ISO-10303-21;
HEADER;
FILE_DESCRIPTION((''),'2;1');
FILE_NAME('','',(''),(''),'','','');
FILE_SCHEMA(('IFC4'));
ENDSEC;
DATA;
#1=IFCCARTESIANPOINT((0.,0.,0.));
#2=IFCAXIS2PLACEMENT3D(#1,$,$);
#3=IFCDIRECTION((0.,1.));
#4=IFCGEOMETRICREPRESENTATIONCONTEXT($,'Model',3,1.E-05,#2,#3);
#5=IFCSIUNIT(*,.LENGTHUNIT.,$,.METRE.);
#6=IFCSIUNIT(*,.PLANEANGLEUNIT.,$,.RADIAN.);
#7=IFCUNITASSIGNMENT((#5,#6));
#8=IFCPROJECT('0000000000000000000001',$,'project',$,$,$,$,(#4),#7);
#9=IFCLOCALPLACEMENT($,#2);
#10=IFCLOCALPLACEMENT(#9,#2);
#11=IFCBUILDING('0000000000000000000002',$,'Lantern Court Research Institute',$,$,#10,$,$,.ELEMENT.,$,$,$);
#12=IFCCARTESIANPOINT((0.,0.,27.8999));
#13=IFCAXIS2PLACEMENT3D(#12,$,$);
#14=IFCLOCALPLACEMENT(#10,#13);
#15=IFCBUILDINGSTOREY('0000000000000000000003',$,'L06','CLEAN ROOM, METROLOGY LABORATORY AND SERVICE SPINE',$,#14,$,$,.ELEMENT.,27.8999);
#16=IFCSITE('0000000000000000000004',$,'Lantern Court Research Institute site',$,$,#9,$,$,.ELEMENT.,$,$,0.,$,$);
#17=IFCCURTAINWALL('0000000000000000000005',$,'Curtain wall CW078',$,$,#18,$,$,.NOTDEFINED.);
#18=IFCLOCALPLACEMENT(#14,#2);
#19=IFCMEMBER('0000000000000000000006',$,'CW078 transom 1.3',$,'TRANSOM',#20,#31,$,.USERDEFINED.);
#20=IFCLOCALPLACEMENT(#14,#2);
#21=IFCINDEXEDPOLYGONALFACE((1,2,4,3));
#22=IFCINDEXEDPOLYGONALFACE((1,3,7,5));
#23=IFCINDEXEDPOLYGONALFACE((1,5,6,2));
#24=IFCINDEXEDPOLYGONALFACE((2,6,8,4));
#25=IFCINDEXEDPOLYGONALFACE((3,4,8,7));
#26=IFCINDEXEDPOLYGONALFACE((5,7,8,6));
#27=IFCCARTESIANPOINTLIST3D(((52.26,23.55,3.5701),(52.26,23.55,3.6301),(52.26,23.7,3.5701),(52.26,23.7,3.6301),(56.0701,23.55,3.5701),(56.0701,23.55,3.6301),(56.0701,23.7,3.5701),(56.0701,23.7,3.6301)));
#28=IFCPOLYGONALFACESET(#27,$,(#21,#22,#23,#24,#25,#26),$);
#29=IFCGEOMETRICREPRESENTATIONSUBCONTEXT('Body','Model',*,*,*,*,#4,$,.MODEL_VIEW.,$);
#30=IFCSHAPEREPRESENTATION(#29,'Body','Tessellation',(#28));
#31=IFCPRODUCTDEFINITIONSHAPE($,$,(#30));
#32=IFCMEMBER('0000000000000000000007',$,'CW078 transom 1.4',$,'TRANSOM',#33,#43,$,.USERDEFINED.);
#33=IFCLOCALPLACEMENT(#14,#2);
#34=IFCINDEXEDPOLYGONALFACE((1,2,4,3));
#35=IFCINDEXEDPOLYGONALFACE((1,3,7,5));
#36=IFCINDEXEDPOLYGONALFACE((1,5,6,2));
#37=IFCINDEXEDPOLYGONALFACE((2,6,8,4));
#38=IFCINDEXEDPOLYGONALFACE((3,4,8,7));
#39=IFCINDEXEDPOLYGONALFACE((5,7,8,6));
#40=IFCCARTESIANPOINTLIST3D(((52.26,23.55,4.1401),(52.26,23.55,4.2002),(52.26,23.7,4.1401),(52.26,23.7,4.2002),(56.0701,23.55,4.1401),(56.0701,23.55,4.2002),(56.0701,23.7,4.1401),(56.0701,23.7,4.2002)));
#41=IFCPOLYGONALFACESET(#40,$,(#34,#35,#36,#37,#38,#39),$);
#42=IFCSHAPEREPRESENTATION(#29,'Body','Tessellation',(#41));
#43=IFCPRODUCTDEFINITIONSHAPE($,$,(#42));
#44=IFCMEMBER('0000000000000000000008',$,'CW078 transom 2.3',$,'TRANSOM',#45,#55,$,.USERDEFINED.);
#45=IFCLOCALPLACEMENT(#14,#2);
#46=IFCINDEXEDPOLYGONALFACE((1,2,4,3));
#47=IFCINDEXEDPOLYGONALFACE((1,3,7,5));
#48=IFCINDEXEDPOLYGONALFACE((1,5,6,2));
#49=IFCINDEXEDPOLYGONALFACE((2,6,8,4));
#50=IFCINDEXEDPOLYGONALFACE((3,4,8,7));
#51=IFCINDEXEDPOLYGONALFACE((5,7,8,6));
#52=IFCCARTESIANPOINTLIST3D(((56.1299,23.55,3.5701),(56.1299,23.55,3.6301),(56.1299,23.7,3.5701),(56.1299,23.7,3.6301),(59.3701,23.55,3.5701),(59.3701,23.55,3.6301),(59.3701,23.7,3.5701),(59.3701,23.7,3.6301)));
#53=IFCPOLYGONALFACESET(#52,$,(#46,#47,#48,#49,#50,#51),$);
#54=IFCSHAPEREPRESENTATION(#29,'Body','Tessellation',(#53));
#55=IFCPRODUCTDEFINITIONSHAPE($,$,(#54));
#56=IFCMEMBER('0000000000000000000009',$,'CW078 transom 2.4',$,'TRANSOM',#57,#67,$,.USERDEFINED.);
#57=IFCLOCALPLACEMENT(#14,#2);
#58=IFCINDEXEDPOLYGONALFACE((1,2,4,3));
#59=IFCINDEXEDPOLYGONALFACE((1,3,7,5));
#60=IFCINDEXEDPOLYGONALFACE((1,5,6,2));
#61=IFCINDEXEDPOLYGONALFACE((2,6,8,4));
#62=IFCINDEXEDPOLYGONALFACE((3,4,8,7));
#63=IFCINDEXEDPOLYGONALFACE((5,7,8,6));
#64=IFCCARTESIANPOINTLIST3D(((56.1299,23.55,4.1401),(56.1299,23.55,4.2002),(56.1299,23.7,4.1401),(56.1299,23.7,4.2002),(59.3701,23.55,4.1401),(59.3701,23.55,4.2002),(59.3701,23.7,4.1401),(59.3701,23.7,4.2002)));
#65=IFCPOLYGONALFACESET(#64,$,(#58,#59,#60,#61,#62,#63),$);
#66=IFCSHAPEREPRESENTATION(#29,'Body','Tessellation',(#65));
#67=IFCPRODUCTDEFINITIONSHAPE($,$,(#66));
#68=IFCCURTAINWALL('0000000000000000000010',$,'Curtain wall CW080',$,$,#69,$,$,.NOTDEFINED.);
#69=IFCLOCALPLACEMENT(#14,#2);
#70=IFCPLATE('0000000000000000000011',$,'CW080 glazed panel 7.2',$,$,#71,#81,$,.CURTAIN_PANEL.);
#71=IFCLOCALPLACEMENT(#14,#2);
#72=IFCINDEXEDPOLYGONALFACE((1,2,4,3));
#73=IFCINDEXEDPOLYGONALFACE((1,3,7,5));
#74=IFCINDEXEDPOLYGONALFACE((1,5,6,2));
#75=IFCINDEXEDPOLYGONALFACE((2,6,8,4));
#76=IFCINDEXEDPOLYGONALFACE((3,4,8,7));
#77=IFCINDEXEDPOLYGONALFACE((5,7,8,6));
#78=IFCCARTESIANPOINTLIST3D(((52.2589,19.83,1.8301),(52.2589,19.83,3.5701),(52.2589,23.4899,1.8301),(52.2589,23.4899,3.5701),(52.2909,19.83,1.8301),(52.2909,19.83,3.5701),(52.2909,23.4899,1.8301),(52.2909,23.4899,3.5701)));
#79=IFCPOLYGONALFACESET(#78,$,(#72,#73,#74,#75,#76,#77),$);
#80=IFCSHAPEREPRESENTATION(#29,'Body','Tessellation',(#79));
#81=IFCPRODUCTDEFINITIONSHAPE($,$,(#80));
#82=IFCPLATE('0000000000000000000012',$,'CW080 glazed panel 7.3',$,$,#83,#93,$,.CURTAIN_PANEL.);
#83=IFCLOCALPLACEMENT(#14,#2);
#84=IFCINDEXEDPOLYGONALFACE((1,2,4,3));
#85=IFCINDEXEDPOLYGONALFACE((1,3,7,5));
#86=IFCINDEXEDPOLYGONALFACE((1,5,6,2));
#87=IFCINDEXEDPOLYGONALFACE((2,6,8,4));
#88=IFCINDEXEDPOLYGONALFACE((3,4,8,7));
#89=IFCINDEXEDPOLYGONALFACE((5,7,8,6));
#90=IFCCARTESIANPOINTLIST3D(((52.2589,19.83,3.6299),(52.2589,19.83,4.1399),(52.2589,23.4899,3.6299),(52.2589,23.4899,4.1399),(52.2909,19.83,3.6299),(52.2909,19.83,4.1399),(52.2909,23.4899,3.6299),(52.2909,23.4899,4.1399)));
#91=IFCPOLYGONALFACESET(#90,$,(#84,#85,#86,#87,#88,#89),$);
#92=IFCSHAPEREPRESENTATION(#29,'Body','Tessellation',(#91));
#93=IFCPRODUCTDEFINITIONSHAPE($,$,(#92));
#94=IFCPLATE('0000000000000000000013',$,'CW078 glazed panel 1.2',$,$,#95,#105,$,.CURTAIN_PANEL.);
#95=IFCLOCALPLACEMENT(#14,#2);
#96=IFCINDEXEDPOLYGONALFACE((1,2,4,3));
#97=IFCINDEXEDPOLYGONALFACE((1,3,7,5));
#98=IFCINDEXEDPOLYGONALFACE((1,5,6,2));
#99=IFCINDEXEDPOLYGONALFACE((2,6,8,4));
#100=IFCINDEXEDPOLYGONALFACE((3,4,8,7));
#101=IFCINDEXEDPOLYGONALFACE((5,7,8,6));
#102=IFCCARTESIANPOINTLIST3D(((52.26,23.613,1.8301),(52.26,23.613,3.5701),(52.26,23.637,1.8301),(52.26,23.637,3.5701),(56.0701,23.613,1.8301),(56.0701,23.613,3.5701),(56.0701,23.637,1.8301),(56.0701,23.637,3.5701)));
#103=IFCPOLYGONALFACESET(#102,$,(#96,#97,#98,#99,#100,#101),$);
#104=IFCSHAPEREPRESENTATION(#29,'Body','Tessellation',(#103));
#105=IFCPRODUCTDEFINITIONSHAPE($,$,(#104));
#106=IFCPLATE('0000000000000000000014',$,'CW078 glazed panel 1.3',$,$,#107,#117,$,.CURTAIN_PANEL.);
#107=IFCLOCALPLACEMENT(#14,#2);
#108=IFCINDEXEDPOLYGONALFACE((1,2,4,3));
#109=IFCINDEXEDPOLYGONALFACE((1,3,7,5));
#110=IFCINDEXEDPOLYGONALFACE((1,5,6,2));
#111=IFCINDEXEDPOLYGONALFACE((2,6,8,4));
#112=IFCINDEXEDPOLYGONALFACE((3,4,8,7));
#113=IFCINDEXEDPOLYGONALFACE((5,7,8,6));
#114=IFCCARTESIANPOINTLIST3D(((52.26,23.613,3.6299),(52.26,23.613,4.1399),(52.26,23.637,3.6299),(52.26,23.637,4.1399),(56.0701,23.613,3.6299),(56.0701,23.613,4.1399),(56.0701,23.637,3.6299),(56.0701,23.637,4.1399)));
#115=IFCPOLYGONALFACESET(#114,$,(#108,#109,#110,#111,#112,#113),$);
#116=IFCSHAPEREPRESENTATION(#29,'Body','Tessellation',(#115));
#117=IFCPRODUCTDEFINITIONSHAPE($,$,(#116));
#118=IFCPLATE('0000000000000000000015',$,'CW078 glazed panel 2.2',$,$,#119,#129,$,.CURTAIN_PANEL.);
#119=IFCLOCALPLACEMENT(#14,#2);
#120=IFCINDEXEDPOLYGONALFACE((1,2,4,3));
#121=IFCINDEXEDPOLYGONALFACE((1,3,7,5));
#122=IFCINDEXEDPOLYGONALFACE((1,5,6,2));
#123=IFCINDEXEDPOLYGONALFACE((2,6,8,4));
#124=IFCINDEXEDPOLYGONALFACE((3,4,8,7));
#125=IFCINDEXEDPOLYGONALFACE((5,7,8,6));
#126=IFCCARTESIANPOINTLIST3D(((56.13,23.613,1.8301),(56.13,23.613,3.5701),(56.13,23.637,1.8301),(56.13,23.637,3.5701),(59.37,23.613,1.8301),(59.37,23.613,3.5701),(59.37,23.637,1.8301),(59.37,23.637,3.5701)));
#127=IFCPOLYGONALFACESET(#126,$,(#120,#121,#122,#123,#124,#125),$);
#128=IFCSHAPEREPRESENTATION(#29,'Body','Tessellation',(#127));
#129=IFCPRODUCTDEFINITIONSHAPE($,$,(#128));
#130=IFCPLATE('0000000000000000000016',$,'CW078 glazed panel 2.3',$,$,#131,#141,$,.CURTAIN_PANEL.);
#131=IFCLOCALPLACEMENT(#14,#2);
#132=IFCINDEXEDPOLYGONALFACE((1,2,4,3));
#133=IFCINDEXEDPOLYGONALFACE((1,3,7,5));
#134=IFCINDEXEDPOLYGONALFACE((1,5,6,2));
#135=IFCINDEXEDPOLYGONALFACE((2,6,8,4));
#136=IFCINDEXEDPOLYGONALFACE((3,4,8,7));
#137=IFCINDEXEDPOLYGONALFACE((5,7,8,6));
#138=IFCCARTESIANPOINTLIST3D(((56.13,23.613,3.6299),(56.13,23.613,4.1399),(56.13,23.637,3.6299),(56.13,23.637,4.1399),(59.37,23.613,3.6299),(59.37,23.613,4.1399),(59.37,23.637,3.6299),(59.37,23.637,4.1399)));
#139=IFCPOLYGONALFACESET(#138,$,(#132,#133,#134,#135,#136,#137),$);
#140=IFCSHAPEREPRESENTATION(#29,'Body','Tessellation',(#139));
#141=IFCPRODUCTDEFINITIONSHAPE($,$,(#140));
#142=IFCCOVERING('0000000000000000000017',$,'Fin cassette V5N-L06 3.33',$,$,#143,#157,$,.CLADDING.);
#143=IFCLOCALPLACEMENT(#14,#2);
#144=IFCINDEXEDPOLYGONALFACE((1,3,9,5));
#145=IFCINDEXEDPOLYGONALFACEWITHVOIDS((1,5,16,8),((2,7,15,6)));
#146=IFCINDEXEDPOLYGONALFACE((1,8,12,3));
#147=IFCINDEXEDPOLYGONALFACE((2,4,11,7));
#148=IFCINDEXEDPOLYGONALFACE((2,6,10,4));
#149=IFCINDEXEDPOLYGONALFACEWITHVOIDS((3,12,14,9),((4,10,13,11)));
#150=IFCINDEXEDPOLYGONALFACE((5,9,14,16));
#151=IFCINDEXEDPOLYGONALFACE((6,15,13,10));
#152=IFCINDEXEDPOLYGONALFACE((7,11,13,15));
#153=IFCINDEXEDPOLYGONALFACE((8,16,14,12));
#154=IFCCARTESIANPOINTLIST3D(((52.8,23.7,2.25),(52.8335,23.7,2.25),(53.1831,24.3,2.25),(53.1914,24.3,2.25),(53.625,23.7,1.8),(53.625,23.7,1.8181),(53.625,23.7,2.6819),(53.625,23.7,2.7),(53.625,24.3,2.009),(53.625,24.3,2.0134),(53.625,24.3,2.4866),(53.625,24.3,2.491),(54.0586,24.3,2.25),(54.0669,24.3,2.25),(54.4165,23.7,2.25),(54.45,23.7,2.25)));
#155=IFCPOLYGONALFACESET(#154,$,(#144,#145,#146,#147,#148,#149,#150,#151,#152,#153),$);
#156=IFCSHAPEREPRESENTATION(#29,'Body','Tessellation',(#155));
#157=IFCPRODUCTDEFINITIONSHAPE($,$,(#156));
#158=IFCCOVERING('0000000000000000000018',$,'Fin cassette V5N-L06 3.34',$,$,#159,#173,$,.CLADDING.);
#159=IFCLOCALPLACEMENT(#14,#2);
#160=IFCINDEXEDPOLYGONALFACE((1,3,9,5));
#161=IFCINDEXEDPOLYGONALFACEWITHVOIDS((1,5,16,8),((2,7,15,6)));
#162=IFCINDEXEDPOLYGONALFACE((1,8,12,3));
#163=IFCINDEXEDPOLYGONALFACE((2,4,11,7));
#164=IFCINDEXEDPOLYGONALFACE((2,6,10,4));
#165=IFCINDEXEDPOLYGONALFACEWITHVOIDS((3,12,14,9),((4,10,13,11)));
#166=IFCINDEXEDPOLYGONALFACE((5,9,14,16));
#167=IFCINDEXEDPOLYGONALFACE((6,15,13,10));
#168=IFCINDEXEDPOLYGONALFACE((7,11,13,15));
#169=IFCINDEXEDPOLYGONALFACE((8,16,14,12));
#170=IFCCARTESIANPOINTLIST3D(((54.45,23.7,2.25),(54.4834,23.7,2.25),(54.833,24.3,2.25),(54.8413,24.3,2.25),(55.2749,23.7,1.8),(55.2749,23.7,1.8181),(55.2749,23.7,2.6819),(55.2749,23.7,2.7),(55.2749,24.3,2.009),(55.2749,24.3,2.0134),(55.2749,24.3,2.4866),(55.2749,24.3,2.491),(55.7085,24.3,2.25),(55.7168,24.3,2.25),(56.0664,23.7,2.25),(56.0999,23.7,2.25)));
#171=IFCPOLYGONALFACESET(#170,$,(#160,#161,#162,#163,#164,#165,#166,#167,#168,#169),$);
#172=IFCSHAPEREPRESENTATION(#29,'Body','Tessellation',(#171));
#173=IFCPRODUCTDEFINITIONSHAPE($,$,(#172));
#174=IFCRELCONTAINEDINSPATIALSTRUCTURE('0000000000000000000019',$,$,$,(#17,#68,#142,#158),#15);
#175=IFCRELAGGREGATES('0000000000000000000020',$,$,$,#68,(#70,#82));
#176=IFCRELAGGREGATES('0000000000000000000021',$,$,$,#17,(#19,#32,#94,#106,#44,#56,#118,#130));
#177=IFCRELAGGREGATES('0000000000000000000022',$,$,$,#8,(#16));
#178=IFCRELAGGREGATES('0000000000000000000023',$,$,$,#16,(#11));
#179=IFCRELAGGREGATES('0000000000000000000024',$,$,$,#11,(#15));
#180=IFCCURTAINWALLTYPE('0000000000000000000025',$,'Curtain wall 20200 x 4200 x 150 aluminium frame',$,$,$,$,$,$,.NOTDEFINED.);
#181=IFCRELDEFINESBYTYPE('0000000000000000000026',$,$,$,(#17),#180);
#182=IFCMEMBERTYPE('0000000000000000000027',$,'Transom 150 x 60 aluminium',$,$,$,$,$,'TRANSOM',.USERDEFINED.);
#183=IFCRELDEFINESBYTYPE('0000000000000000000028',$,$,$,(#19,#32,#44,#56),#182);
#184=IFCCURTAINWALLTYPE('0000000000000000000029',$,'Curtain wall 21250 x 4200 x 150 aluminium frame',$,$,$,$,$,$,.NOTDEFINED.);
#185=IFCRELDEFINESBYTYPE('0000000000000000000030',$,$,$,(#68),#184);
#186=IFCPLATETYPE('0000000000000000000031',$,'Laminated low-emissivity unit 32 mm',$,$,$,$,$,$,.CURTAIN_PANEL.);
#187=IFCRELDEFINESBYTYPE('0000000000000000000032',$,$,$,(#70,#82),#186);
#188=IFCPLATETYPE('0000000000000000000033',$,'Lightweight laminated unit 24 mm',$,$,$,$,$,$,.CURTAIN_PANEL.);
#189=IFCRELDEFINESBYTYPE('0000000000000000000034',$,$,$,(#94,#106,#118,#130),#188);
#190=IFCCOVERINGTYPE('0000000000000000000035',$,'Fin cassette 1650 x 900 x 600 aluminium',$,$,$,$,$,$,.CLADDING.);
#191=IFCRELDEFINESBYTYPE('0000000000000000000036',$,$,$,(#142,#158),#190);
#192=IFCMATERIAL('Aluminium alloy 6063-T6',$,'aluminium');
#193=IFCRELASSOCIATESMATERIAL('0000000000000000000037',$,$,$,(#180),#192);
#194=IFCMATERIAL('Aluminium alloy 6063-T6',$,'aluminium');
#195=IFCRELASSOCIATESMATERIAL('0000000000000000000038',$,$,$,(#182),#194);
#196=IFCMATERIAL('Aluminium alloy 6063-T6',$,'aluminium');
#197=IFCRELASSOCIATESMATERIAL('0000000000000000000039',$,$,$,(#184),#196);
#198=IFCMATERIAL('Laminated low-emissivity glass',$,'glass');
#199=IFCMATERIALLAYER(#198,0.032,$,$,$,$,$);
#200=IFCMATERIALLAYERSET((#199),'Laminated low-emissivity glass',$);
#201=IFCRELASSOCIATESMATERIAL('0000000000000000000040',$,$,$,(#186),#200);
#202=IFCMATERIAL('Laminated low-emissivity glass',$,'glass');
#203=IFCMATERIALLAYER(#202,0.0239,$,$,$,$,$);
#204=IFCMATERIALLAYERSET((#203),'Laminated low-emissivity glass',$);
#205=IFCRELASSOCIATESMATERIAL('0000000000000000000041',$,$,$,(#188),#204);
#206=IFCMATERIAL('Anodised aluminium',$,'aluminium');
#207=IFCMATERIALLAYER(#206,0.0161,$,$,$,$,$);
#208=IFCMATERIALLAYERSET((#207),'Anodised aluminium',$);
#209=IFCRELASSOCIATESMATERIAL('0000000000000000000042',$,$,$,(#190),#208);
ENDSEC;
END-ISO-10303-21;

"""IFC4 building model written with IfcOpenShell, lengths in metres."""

from ifc_helpers import new_model, entity, si_unit, direction, frame, origin, origin_2d, place, context, subcontext, project, spatial, rectangle, extrude, material, layer, layer_set, material_profile, profile_set, type_object, element, aggregate, save


model = new_model("IFC4")

# Units and contexts
model_context = context("Model", 3, precision=1e-05, world=origin(), true_north=direction((0.0, 1.0)))
body_context = subcontext(model_context, "Body", "Model", "MODEL_VIEW")
ifc_project = project(units=[si_unit("LENGTHUNIT", "METRE"), si_unit("PLANEANGLEUNIT", "RADIAN")], contexts=[model_context])

# Site, building, storey
site_placement = place(None, origin())
site = spatial("IfcSite", under=ifc_project, at=site_placement, Name="Lantern Court Research Institute site", CompositionType="ELEMENT", RefElevation=0.0)
building_placement = place(site_placement, origin())
building = spatial("IfcBuilding", under=site, at=building_placement, Name="Lantern Court Research Institute", CompositionType="ELEMENT")
storey_placement = place(building_placement, frame((0.0, 0.0, 27.8999)))
storey = spatial("IfcBuildingStorey", under=building, at=storey_placement, Name="L06", Description="CLEAN ROOM, METROLOGY LABORATORY AND SERVICE SPINE", CompositionType="ELEMENT", Elevation=27.8999)

# Curtain wall, members
ifc_material_1 = material(Name="Aluminium alloy 6063-T6", Category="aluminium")
curtain_wall_type_1 = type_object("IfcCurtainWallType", Name="Curtain wall 20200 x 4200 x 150 aluminium frame", PredefinedType="NOTDEFINED", material=ifc_material_1)
curtain_wall_1_placement = place(storey_placement, origin())
curtain_wall_1 = element("IfcCurtainWall", 1, at=curtain_wall_1_placement, inside=storey, type_object=curtain_wall_type_1, Name="Curtain wall CW078", PredefinedType="NOTDEFINED")
ifc_material_2 = material(Name="Aluminium alloy 6063-T6", Category="aluminium")
ifc_material_profile = material_profile(ifc_material_2, rectangle(XDim=0.1499, YDim=0.0601, at=origin_2d()), Name="Transom 150 x 60")
ifc_profile_set = profile_set([ifc_material_profile], Name="Aluminium alloy 6063-T6")
member_type = type_object("IfcMemberType", Name="Transom 150 x 60 aluminium", ElementType="TRANSOM", PredefinedType="USERDEFINED", material=ifc_profile_set)
member_1_placement = place(storey_placement, frame((52.26, 23.625, 3.6001), z_axis=(1.0, 0.0, 0.0), x_axis=(0.0, 1.0, 0.0)))
member_1 = element("IfcMember", 2, at=member_1_placement, type_object=member_type, Name="CW078 transom 1.3", ObjectType="TRANSOM", PredefinedType="USERDEFINED", context=body_context, shape_type="SweptSolid", body=[
    extrude(rectangle(XDim=0.1499, YDim=0.0601, at=origin_2d()), origin(), (0.0, 0.0, 1.0), 3.8101),
])
member_2_placement = place(storey_placement, frame((52.26, 23.625, 4.1702), z_axis=(1.0, 0.0, 0.0), x_axis=(0.0, 1.0, 0.0)))
member_2 = element("IfcMember", 3, at=member_2_placement, type_object=member_type, Name="CW078 transom 1.4", ObjectType="TRANSOM", PredefinedType="USERDEFINED", context=body_context, shape_type="SweptSolid", body=[
    extrude(rectangle(XDim=0.1499, YDim=0.0601, at=origin_2d()), origin(), (0.0, 0.0, 1.0), 3.8101),
])
member_3_placement = place(storey_placement, frame((56.1299, 23.625, 3.6001), z_axis=(1.0, 0.0, 0.0), x_axis=(0.0, 1.0, 0.0)))
member_3 = element("IfcMember", 4, at=member_3_placement, type_object=member_type, Name="CW078 transom 2.3", ObjectType="TRANSOM", PredefinedType="USERDEFINED", context=body_context, shape_type="SweptSolid", body=[
    extrude(rectangle(XDim=0.1499, YDim=0.0601, at=origin_2d()), origin(), (0.0, 0.0, 1.0), 3.2402),
])
member_4_placement = place(storey_placement, frame((56.1299, 23.625, 4.1702), z_axis=(1.0, 0.0, 0.0), x_axis=(0.0, 1.0, 0.0)))
member_4 = element("IfcMember", 5, at=member_4_placement, type_object=member_type, Name="CW078 transom 2.4", ObjectType="TRANSOM", PredefinedType="USERDEFINED", context=body_context, shape_type="SweptSolid", body=[
    extrude(rectangle(XDim=0.1499, YDim=0.0601, at=origin_2d()), origin(), (0.0, 0.0, 1.0), 3.2402),
])

# Curtain wall, plates
ifc_material_3 = material(Name="Aluminium alloy 6063-T6", Category="aluminium")
curtain_wall_type_2 = type_object("IfcCurtainWallType", Name="Curtain wall 21250 x 4200 x 150 aluminium frame", PredefinedType="NOTDEFINED", material=ifc_material_3)
curtain_wall_2_placement = place(storey_placement, origin())
curtain_wall_2 = element("IfcCurtainWall", 6, at=curtain_wall_2_placement, inside=storey, type_object=curtain_wall_type_2, Name="Curtain wall CW080", PredefinedType="NOTDEFINED")
ifc_material_4 = material(Name="Laminated low-emissivity glass", Category="glass")
ifc_layer_1 = layer(ifc_material_4, 0.032)
ifc_layer_set_1 = layer_set([ifc_layer_1], Name="Laminated low-emissivity glass")
plate_type_1 = type_object("IfcPlateType", Name="Laminated low-emissivity unit 32 mm", PredefinedType="CURTAIN_PANEL", material=ifc_layer_set_1)
plate_1_placement = place(storey_placement, frame((52.2749, 21.6599, 1.8301), z_axis=(0.0, 0.0, 1.0), x_axis=(0.0, 1.0, 0.0)))
plate_1 = element("IfcPlate", 7, at=plate_1_placement, type_object=plate_type_1, Name="CW080 glazed panel 7.2", PredefinedType="CURTAIN_PANEL", context=body_context, shape_type="SweptSolid", body=[
    extrude(rectangle(XDim=3.6599, YDim=0.032, at=origin_2d()), origin(), (0.0, 0.0, 1.0), 1.74),
])
plate_2_placement = place(storey_placement, frame((52.2749, 21.6599, 3.6299), z_axis=(0.0, 0.0, 1.0), x_axis=(0.0, 1.0, 0.0)))
plate_2 = element("IfcPlate", 8, at=plate_2_placement, type_object=plate_type_1, Name="CW080 glazed panel 7.3", PredefinedType="CURTAIN_PANEL", context=body_context, shape_type="SweptSolid", body=[
    extrude(rectangle(XDim=3.6599, YDim=0.032, at=origin_2d()), origin(), (0.0, 0.0, 1.0), 0.51),
])
aggregate(curtain_wall_2, [plate_1, plate_2])

# Plates
ifc_material_5 = material(Name="Laminated low-emissivity glass", Category="glass")
ifc_layer_2 = layer(ifc_material_5, 0.0239)
ifc_layer_set_2 = layer_set([ifc_layer_2], Name="Laminated low-emissivity glass")
plate_type_2 = type_object("IfcPlateType", Name="Lightweight laminated unit 24 mm", PredefinedType="CURTAIN_PANEL", material=ifc_layer_set_2)
plate_3_placement = place(storey_placement, frame((54.165, 23.625, 1.8301), z_axis=(0.0, 0.0, 1.0), x_axis=(1.0, 0.0, 0.0)))
plate_3 = element("IfcPlate", 9, at=plate_3_placement, type_object=plate_type_2, Name="CW078 glazed panel 1.2", PredefinedType="CURTAIN_PANEL", context=body_context, shape_type="SweptSolid", body=[
    extrude(rectangle(XDim=3.8101, YDim=0.0239, at=origin_2d()), origin(), (0.0, 0.0, 1.0), 1.74),
])
plate_4_placement = place(storey_placement, frame((54.165, 23.625, 3.6299), z_axis=(0.0, 0.0, 1.0), x_axis=(1.0, 0.0, 0.0)))
plate_4 = element("IfcPlate", 10, at=plate_4_placement, type_object=plate_type_2, Name="CW078 glazed panel 1.3", PredefinedType="CURTAIN_PANEL", context=body_context, shape_type="SweptSolid", body=[
    extrude(rectangle(XDim=3.8101, YDim=0.0239, at=origin_2d()), origin(), (0.0, 0.0, 1.0), 0.51),
])
plate_5_placement = place(storey_placement, frame((57.75, 23.625, 1.8301), z_axis=(0.0, 0.0, 1.0), x_axis=(1.0, 0.0, 0.0)))
plate_5 = element("IfcPlate", 11, at=plate_5_placement, type_object=plate_type_2, Name="CW078 glazed panel 2.2", PredefinedType="CURTAIN_PANEL", context=body_context, shape_type="SweptSolid", body=[
    extrude(rectangle(XDim=3.24, YDim=0.0239, at=origin_2d()), origin(), (0.0, 0.0, 1.0), 1.74),
])
plate_6_placement = place(storey_placement, frame((57.75, 23.625, 3.6299), z_axis=(0.0, 0.0, 1.0), x_axis=(1.0, 0.0, 0.0)))
plate_6 = element("IfcPlate", 12, at=plate_6_placement, type_object=plate_type_2, Name="CW078 glazed panel 2.3", PredefinedType="CURTAIN_PANEL", context=body_context, shape_type="SweptSolid", body=[
    extrude(rectangle(XDim=3.24, YDim=0.0239, at=origin_2d()), origin(), (0.0, 0.0, 1.0), 0.51),
])
aggregate(curtain_wall_1, [member_1, member_2, plate_3, plate_4, member_3, member_4, plate_5, plate_6])

# Coverings
ifc_material_6 = material(Name="Anodised aluminium", Category="aluminium")
ifc_layer_3 = layer(ifc_material_6, 0.0161)
ifc_layer_set_3 = layer_set([ifc_layer_3], Name="Anodised aluminium")
covering_type = type_object("IfcCoveringType", Name="Fin cassette 1650 x 900 x 600 aluminium", PredefinedType="CLADDING", material=ifc_layer_set_3)
covering_1_placement = place(storey_placement, frame((53.625, 23.7, 2.25), z_axis=(0.0, 1.0, 0.0), x_axis=(-1.0, 0.0, 0.0)))
cartesian_point_1 = entity("IfcCartesianPoint", [0.825, 0.0])
cartesian_point_2 = entity("IfcCartesianPoint", [0.7915, 0.0])
cartesian_point_3 = entity("IfcCartesianPoint", [0.4419, 0.0])
cartesian_point_4 = entity("IfcCartesianPoint", [0.4336, 0.0])
element("IfcCovering", 13, at=covering_1_placement, inside=storey, type_object=covering_type, Name="Fin cassette V5N-L06 3.33", PredefinedType="CLADDING", context=body_context, shape_type="SweptSolid", body=[
    entity("IfcExtrudedAreaSolidTapered", entity("IfcArbitraryProfileDefWithVoids", "AREA", None, entity("IfcPolyline", [cartesian_point_1, entity("IfcCartesianPoint", [0.0, 0.45]), entity("IfcCartesianPoint", [-0.825, 0.0]), entity("IfcCartesianPoint", [0.0, -0.45]), cartesian_point_1]), [entity("IfcPolyline", [cartesian_point_2, entity("IfcCartesianPoint", [0.0, 0.4319]), entity("IfcCartesianPoint", [-0.7915, 0.0]), entity("IfcCartesianPoint", [0.0, -0.4319]), cartesian_point_2])]), entity("IfcAxis2Placement3D", entity("IfcCartesianPoint", [0.0, 0.0, 0.0])), entity("IfcDirection", [0.0, 0.0, 1.0]), 0.6001, entity("IfcArbitraryProfileDefWithVoids", "AREA", None, entity("IfcPolyline", [cartesian_point_3, entity("IfcCartesianPoint", [0.0, 0.241]), entity("IfcCartesianPoint", [-0.4419, 0.0]), entity("IfcCartesianPoint", [0.0, -0.241]), cartesian_point_3]), [entity("IfcPolyline", [cartesian_point_4, entity("IfcCartesianPoint", [0.0, 0.2366]), entity("IfcCartesianPoint", [-0.4336, 0.0]), entity("IfcCartesianPoint", [0.0, -0.2366]), cartesian_point_4])])),
])
covering_2_placement = place(storey_placement, frame((55.2749, 23.7, 2.25), z_axis=(0.0, 1.0, 0.0), x_axis=(-1.0, 0.0, 0.0)))
cartesian_point_5 = entity("IfcCartesianPoint", [0.825, 0.0])
cartesian_point_6 = entity("IfcCartesianPoint", [0.7915, 0.0])
cartesian_point_7 = entity("IfcCartesianPoint", [0.4419, 0.0])
cartesian_point_8 = entity("IfcCartesianPoint", [0.4336, 0.0])
element("IfcCovering", 14, at=covering_2_placement, inside=storey, type_object=covering_type, Name="Fin cassette V5N-L06 3.34", PredefinedType="CLADDING", context=body_context, shape_type="SweptSolid", body=[
    entity("IfcExtrudedAreaSolidTapered", entity("IfcArbitraryProfileDefWithVoids", "AREA", None, entity("IfcPolyline", [cartesian_point_5, entity("IfcCartesianPoint", [0.0, 0.45]), entity("IfcCartesianPoint", [-0.825, 0.0]), entity("IfcCartesianPoint", [0.0, -0.45]), cartesian_point_5]), [entity("IfcPolyline", [cartesian_point_6, entity("IfcCartesianPoint", [0.0, 0.4319]), entity("IfcCartesianPoint", [-0.7915, 0.0]), entity("IfcCartesianPoint", [0.0, -0.4319]), cartesian_point_6])]), entity("IfcAxis2Placement3D", entity("IfcCartesianPoint", [0.0, 0.0, 0.0])), entity("IfcDirection", [0.0, 0.0, 1.0]), 0.6001, entity("IfcArbitraryProfileDefWithVoids", "AREA", None, entity("IfcPolyline", [cartesian_point_7, entity("IfcCartesianPoint", [0.0, 0.241]), entity("IfcCartesianPoint", [-0.4419, 0.0]), entity("IfcCartesianPoint", [0.0, -0.241]), cartesian_point_7]), [entity("IfcPolyline", [cartesian_point_8, entity("IfcCartesianPoint", [0.0, 0.2366]), entity("IfcCartesianPoint", [-0.4336, 0.0]), entity("IfcCartesianPoint", [0.0, -0.2366]), cartesian_point_8])])),
])

save(model, "model.ifc")
